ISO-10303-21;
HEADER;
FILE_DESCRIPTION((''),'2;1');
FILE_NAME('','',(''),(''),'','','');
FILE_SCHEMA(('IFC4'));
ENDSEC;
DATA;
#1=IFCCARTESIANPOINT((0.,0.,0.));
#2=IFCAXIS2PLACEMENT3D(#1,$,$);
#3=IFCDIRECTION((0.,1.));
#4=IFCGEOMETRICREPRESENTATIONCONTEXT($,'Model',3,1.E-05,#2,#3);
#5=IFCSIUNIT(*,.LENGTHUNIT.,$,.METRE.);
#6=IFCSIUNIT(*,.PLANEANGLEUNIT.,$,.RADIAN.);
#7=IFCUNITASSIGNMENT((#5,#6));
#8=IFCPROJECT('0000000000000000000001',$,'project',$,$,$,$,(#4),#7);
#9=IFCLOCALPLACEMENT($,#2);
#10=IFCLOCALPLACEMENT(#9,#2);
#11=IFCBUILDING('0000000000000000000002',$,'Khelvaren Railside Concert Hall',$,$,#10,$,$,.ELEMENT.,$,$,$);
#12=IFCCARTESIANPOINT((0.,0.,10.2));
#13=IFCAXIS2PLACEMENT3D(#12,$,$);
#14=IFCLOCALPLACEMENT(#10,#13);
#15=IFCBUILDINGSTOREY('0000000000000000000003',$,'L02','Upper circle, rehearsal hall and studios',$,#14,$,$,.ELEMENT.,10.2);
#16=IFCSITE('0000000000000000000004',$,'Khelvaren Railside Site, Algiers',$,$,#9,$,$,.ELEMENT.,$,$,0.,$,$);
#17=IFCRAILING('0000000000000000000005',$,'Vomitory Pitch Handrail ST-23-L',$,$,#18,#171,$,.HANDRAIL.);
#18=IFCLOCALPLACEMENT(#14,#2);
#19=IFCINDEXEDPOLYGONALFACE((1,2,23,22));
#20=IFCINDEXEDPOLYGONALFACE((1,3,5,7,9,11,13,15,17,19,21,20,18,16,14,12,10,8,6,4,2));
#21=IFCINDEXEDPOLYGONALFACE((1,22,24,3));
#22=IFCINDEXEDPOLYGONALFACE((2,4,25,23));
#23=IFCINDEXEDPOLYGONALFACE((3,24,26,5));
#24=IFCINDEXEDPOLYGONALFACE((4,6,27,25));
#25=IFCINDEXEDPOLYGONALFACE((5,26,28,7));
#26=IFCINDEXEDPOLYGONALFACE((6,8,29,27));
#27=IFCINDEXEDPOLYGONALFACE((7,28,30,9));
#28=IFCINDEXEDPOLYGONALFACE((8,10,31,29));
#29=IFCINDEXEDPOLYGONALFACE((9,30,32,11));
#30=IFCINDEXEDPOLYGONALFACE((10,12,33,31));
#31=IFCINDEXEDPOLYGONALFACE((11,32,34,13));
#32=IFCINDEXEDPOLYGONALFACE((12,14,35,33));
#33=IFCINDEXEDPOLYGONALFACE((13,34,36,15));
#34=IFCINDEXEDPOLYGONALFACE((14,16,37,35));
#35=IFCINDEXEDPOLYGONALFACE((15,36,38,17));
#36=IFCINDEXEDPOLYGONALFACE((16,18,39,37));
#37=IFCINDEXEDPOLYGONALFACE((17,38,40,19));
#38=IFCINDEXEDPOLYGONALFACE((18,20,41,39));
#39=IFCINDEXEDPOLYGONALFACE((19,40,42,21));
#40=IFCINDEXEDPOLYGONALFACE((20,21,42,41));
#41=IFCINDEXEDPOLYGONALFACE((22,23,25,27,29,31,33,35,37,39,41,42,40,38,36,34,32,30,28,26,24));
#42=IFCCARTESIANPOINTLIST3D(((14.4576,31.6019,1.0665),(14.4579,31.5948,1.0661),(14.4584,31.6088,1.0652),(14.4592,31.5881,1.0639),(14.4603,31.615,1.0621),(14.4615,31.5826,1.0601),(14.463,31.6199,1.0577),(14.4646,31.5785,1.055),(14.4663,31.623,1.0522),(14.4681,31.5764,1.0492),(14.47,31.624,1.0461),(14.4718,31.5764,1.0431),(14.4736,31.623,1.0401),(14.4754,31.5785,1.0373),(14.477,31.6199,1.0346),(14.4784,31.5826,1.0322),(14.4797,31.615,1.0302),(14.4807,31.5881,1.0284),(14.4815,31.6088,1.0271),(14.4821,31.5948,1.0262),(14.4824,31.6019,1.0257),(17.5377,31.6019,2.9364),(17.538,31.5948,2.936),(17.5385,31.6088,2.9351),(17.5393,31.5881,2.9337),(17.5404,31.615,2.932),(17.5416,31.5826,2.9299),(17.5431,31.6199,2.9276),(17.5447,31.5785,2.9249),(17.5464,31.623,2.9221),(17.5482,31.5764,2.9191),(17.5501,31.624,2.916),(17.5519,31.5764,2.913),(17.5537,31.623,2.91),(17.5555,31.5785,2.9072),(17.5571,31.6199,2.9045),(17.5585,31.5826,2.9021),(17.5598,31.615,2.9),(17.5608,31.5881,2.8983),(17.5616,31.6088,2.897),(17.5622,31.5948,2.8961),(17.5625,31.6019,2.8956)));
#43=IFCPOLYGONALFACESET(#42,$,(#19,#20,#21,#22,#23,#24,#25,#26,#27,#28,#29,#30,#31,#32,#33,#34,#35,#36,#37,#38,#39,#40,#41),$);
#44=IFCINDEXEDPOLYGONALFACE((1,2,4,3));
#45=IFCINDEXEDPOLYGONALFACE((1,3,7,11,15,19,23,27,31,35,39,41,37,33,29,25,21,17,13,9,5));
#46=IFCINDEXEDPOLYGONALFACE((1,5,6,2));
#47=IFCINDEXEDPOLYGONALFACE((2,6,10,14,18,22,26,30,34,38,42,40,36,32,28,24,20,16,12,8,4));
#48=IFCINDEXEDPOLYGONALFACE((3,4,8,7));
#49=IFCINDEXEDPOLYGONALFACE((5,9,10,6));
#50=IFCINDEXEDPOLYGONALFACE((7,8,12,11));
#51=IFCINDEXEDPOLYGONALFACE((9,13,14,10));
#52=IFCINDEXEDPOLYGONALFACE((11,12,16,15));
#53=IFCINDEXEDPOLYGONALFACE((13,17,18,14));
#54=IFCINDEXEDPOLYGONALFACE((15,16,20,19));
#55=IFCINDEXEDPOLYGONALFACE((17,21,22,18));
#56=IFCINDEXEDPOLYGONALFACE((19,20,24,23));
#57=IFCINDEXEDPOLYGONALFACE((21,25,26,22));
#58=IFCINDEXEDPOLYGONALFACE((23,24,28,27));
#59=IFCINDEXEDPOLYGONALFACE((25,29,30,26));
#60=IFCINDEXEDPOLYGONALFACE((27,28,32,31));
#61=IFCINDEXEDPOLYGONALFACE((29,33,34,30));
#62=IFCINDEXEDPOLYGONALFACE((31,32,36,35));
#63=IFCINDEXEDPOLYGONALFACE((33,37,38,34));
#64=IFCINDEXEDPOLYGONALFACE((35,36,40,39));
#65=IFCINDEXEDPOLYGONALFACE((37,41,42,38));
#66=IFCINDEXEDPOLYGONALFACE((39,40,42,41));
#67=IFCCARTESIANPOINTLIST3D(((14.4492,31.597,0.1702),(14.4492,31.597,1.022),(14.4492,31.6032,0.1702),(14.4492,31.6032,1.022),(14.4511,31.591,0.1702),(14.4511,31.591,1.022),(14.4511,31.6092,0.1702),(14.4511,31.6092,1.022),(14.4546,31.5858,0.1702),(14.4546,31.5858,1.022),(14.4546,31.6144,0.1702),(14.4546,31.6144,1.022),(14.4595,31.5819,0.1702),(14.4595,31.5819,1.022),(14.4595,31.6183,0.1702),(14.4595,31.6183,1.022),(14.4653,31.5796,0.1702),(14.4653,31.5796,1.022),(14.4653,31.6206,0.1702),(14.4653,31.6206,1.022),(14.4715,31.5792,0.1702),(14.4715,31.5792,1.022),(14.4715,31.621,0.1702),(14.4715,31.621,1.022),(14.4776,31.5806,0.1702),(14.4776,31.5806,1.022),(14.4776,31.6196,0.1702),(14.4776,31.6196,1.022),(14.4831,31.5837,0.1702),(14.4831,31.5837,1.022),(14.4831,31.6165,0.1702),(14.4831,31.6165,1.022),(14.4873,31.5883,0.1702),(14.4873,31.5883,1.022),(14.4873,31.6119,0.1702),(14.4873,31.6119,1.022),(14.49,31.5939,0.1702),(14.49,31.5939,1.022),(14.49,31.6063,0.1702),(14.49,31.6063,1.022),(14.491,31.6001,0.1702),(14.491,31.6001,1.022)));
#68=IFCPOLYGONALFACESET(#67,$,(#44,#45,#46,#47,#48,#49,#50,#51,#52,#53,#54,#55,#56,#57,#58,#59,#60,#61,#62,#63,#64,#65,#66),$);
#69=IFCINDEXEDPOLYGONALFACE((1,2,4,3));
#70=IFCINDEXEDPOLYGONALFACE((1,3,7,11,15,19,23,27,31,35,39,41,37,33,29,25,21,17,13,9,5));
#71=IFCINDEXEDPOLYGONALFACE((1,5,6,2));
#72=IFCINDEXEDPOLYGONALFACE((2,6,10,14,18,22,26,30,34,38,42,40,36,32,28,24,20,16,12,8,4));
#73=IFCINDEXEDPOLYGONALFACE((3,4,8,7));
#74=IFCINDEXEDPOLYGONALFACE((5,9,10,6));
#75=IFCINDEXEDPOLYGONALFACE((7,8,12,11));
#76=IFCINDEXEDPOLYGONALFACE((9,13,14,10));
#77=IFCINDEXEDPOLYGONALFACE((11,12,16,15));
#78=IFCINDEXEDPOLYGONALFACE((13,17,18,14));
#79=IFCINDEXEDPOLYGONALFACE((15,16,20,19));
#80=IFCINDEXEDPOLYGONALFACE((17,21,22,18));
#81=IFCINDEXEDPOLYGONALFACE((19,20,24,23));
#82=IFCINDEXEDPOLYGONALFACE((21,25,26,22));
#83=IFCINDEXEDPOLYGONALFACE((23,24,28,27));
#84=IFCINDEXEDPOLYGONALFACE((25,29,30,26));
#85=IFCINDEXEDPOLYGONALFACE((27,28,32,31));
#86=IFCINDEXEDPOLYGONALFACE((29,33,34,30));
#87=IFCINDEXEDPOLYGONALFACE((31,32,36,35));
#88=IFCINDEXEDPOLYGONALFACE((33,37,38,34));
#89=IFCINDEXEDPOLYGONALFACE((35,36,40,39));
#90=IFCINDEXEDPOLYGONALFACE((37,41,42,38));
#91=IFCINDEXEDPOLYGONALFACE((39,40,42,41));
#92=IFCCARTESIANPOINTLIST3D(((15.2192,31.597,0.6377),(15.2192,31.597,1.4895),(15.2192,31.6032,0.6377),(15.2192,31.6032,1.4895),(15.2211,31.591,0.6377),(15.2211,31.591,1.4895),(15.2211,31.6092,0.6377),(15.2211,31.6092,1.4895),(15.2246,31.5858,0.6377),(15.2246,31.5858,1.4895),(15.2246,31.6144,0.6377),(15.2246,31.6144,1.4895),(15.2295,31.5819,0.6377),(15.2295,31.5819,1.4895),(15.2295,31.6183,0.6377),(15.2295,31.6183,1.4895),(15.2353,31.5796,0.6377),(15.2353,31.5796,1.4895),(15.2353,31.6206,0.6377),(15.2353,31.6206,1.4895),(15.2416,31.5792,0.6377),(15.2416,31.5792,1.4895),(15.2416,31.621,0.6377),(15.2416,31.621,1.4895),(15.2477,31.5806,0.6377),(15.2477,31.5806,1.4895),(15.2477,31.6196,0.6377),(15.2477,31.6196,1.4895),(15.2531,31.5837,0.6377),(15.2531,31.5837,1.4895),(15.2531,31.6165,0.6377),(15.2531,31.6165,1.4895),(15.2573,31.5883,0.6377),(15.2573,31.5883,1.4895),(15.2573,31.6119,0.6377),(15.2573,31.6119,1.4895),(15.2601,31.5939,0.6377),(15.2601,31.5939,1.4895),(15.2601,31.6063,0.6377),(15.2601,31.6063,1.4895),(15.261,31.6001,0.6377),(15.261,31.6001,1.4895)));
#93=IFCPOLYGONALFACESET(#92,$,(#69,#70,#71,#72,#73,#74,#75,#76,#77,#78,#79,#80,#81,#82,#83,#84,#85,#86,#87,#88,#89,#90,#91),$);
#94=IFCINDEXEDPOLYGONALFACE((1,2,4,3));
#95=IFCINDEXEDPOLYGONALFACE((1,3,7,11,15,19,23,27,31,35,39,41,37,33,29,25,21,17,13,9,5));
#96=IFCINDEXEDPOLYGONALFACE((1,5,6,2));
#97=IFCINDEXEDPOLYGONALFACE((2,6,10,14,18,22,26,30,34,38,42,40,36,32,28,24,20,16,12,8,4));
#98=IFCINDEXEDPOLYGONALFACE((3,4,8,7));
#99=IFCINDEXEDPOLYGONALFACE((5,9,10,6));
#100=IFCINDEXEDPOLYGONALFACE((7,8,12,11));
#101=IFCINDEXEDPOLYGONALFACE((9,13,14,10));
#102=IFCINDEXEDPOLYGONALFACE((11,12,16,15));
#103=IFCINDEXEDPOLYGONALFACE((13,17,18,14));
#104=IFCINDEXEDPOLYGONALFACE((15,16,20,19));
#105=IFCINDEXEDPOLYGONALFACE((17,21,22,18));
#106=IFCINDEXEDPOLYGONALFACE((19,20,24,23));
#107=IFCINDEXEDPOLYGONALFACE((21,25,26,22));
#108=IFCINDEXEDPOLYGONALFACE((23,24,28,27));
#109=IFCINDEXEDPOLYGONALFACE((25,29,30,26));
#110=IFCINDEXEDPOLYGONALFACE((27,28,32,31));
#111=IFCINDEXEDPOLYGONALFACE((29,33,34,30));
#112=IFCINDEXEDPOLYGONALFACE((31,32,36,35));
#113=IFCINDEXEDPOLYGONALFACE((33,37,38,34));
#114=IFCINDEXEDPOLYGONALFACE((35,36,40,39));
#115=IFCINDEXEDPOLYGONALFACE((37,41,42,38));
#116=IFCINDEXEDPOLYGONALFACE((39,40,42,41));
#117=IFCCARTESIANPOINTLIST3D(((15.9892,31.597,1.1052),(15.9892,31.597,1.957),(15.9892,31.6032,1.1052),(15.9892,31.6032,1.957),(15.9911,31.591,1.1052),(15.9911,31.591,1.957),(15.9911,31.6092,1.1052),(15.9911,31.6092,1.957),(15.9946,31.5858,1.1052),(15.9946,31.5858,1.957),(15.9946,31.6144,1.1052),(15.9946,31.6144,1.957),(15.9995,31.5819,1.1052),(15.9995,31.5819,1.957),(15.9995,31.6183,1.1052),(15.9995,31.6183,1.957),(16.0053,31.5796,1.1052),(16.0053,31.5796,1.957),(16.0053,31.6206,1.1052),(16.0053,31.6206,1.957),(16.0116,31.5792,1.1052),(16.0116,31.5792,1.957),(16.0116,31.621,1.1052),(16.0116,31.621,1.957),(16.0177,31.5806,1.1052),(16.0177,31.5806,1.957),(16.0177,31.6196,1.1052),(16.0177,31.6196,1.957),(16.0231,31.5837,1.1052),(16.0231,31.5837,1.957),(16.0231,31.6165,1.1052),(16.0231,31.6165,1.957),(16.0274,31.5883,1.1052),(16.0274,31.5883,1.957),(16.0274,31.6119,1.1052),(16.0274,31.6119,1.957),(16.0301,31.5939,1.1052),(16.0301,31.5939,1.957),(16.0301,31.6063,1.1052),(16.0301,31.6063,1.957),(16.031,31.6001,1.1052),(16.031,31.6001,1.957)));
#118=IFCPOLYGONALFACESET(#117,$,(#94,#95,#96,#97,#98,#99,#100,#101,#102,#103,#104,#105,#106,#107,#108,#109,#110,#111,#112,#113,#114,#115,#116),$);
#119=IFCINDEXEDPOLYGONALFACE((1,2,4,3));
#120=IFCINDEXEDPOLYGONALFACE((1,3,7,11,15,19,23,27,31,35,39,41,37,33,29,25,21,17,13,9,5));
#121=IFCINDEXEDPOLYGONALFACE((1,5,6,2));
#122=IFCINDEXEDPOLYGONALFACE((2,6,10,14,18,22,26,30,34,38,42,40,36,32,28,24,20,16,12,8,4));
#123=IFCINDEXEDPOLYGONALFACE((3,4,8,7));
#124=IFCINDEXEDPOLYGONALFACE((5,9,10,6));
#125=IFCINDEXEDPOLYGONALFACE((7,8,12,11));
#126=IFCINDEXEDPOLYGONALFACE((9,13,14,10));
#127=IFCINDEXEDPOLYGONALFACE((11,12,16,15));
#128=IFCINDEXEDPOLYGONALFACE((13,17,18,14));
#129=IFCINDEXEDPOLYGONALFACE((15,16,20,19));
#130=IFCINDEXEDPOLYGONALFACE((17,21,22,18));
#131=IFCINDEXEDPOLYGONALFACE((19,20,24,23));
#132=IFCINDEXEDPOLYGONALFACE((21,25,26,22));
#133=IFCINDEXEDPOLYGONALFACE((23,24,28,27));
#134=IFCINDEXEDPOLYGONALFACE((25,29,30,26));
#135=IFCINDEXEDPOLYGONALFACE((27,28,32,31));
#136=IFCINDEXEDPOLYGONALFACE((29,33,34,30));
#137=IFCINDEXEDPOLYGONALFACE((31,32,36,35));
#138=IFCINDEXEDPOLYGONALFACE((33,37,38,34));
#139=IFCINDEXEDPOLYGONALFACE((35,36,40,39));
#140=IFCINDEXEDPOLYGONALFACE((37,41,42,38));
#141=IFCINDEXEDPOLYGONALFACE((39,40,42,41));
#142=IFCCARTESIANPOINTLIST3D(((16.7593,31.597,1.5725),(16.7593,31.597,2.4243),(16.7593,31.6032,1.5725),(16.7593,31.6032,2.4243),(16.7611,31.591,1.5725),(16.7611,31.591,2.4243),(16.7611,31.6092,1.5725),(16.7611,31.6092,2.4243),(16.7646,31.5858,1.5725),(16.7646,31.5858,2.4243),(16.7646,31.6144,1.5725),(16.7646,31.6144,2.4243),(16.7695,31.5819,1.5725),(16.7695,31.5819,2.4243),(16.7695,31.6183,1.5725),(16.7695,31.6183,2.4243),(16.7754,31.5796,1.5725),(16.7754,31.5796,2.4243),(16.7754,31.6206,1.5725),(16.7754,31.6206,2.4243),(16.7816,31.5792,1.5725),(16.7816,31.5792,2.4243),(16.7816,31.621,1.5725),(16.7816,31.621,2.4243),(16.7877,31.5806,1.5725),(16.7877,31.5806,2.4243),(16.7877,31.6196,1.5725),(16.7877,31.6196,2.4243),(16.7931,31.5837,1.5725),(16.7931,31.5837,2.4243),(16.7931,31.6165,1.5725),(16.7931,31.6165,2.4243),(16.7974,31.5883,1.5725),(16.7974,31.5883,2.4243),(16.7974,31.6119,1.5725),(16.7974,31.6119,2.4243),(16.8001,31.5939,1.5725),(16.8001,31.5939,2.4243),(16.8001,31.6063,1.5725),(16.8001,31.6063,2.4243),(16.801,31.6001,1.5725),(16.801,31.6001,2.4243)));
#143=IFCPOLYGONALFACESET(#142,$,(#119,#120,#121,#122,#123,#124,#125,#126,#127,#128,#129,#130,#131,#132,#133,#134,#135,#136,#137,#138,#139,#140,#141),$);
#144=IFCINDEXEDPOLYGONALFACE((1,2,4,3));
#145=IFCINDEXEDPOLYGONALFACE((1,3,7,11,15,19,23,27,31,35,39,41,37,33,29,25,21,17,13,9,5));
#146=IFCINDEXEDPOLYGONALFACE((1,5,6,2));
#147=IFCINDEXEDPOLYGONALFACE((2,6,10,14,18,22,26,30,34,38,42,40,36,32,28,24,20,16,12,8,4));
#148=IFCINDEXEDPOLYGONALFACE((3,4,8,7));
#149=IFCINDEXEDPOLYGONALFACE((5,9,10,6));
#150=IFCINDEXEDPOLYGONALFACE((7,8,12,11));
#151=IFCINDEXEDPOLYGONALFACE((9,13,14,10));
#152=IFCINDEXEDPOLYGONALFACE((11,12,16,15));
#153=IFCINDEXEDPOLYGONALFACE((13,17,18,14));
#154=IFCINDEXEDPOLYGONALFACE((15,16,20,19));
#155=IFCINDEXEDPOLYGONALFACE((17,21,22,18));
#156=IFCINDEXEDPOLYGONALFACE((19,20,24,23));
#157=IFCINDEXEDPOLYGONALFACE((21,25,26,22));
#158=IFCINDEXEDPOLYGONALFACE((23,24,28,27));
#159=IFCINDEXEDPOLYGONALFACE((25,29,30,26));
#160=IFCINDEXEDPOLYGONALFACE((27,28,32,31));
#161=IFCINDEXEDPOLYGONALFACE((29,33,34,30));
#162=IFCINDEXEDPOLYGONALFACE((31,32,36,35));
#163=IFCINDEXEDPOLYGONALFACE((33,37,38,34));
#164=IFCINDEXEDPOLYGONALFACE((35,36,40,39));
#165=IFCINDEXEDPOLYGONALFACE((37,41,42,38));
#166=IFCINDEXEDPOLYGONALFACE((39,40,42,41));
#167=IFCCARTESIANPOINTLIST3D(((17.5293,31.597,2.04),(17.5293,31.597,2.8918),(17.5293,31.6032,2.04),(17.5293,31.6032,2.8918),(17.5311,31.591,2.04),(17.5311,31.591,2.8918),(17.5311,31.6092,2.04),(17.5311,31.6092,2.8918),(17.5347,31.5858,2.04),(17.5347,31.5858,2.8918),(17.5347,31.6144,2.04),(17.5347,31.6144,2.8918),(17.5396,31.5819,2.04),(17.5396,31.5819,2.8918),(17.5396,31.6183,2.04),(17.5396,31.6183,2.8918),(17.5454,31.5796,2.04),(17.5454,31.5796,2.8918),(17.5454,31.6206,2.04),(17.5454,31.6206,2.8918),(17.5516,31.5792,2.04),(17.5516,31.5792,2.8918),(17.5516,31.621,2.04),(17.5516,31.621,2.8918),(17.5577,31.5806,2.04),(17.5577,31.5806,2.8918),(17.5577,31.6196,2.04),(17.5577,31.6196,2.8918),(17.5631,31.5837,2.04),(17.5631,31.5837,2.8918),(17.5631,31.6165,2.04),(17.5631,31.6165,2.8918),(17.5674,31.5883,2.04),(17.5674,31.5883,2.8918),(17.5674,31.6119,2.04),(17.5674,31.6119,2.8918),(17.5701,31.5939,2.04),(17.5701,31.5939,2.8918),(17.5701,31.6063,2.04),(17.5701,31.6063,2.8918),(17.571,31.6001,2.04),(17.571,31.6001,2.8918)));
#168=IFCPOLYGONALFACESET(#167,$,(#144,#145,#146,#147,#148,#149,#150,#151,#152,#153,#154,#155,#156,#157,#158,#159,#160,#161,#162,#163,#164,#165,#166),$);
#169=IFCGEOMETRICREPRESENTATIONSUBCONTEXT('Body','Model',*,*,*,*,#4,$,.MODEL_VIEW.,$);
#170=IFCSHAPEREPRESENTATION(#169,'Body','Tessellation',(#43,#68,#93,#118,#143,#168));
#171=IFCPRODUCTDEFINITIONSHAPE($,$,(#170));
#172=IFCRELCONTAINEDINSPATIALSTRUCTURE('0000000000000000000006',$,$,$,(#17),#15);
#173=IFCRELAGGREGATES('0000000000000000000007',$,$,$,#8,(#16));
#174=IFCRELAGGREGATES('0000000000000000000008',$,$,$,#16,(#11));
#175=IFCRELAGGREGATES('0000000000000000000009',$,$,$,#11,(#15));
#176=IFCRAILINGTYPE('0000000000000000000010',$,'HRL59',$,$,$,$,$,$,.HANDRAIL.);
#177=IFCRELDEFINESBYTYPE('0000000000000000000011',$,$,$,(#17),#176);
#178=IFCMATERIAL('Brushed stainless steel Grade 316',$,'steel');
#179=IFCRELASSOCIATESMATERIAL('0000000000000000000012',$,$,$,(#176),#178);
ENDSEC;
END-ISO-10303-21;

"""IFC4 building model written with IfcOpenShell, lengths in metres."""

from ifc_helpers import new_model, si_unit, direction, frame, origin, origin_2d, place, context, subcontext, project, spatial, circle, extrude, material, type_object, element, save


model = new_model("IFC4")

# Units and contexts
model_context = context("Model", 3, precision=1e-05, world=origin(), true_north=direction((0.0, 1.0)))
body_context = subcontext(model_context, "Body", "Model", "MODEL_VIEW")
ifc_project = project(units=[si_unit("LENGTHUNIT", "METRE"), si_unit("PLANEANGLEUNIT", "RADIAN")], contexts=[model_context])

# Site, building, storey
site_placement = place(None, origin())
site = spatial("IfcSite", under=ifc_project, at=site_placement, Name="Khelvaren Railside Site, Algiers", CompositionType="ELEMENT", RefElevation=0.0)
building_placement = place(site_placement, origin())
building = spatial("IfcBuilding", under=site, at=building_placement, Name="Khelvaren Railside Concert Hall", CompositionType="ELEMENT")
storey_placement = place(building_placement, frame((0.0, 0.0, 10.2)))
storey = spatial("IfcBuildingStorey", under=building, at=storey_placement, Name="L02", Description="Upper circle, rehearsal hall and studios", CompositionType="ELEMENT", Elevation=10.2)

# Railing
ifc_material_1 = material(Name="Brushed stainless steel Grade 316", Category="steel")
railing_type_1 = type_object("IfcRailingType", Name="HRL59", PredefinedType="HANDRAIL", material=ifc_material_1)
for number, where, name in (
    (1, (14.47, 31.6001, 0.1702), "Vomitory Pitch Handrail ST-23-L"),
):
    element("IfcRailing", number, at=place(storey_placement, frame(where)), inside=storey, type_object=railing_type_1, Name=name, PredefinedType="HANDRAIL", context=body_context, shape_type="SweptSolid", body=[
        extrude(circle(Radius=0.0239, at=origin_2d()), frame((0.0, 0.0, 0.876), z_axis=(0.854809, 0.0, 0.518943), x_axis=(0.0, 1.0, 0.0)), (0.0, 0.0, 1.0), 3.6033),
        extrude(circle(Radius=0.021, at=origin_2d()), origin(), (0.0, 0.0, 1.0), 0.8518),
        extrude(circle(Radius=0.021, at=origin_2d()), frame((0.77, 0.0, 0.4675)), (0.0, 0.0, 1.0), 0.8518),
        extrude(circle(Radius=0.021, at=origin_2d()), frame((1.54, 0.0, 0.9351)), (0.0, 0.0, 1.0), 0.8518),
        extrude(circle(Radius=0.021, at=origin_2d()), frame((2.3101, 0.0, 1.4023)), (0.0, 0.0, 1.0), 0.8518),
        extrude(circle(Radius=0.021, at=origin_2d()), frame((3.0801, 0.0, 1.8699)), (0.0, 0.0, 1.0), 0.8518),
    ])

save(model, "model.ifc")
